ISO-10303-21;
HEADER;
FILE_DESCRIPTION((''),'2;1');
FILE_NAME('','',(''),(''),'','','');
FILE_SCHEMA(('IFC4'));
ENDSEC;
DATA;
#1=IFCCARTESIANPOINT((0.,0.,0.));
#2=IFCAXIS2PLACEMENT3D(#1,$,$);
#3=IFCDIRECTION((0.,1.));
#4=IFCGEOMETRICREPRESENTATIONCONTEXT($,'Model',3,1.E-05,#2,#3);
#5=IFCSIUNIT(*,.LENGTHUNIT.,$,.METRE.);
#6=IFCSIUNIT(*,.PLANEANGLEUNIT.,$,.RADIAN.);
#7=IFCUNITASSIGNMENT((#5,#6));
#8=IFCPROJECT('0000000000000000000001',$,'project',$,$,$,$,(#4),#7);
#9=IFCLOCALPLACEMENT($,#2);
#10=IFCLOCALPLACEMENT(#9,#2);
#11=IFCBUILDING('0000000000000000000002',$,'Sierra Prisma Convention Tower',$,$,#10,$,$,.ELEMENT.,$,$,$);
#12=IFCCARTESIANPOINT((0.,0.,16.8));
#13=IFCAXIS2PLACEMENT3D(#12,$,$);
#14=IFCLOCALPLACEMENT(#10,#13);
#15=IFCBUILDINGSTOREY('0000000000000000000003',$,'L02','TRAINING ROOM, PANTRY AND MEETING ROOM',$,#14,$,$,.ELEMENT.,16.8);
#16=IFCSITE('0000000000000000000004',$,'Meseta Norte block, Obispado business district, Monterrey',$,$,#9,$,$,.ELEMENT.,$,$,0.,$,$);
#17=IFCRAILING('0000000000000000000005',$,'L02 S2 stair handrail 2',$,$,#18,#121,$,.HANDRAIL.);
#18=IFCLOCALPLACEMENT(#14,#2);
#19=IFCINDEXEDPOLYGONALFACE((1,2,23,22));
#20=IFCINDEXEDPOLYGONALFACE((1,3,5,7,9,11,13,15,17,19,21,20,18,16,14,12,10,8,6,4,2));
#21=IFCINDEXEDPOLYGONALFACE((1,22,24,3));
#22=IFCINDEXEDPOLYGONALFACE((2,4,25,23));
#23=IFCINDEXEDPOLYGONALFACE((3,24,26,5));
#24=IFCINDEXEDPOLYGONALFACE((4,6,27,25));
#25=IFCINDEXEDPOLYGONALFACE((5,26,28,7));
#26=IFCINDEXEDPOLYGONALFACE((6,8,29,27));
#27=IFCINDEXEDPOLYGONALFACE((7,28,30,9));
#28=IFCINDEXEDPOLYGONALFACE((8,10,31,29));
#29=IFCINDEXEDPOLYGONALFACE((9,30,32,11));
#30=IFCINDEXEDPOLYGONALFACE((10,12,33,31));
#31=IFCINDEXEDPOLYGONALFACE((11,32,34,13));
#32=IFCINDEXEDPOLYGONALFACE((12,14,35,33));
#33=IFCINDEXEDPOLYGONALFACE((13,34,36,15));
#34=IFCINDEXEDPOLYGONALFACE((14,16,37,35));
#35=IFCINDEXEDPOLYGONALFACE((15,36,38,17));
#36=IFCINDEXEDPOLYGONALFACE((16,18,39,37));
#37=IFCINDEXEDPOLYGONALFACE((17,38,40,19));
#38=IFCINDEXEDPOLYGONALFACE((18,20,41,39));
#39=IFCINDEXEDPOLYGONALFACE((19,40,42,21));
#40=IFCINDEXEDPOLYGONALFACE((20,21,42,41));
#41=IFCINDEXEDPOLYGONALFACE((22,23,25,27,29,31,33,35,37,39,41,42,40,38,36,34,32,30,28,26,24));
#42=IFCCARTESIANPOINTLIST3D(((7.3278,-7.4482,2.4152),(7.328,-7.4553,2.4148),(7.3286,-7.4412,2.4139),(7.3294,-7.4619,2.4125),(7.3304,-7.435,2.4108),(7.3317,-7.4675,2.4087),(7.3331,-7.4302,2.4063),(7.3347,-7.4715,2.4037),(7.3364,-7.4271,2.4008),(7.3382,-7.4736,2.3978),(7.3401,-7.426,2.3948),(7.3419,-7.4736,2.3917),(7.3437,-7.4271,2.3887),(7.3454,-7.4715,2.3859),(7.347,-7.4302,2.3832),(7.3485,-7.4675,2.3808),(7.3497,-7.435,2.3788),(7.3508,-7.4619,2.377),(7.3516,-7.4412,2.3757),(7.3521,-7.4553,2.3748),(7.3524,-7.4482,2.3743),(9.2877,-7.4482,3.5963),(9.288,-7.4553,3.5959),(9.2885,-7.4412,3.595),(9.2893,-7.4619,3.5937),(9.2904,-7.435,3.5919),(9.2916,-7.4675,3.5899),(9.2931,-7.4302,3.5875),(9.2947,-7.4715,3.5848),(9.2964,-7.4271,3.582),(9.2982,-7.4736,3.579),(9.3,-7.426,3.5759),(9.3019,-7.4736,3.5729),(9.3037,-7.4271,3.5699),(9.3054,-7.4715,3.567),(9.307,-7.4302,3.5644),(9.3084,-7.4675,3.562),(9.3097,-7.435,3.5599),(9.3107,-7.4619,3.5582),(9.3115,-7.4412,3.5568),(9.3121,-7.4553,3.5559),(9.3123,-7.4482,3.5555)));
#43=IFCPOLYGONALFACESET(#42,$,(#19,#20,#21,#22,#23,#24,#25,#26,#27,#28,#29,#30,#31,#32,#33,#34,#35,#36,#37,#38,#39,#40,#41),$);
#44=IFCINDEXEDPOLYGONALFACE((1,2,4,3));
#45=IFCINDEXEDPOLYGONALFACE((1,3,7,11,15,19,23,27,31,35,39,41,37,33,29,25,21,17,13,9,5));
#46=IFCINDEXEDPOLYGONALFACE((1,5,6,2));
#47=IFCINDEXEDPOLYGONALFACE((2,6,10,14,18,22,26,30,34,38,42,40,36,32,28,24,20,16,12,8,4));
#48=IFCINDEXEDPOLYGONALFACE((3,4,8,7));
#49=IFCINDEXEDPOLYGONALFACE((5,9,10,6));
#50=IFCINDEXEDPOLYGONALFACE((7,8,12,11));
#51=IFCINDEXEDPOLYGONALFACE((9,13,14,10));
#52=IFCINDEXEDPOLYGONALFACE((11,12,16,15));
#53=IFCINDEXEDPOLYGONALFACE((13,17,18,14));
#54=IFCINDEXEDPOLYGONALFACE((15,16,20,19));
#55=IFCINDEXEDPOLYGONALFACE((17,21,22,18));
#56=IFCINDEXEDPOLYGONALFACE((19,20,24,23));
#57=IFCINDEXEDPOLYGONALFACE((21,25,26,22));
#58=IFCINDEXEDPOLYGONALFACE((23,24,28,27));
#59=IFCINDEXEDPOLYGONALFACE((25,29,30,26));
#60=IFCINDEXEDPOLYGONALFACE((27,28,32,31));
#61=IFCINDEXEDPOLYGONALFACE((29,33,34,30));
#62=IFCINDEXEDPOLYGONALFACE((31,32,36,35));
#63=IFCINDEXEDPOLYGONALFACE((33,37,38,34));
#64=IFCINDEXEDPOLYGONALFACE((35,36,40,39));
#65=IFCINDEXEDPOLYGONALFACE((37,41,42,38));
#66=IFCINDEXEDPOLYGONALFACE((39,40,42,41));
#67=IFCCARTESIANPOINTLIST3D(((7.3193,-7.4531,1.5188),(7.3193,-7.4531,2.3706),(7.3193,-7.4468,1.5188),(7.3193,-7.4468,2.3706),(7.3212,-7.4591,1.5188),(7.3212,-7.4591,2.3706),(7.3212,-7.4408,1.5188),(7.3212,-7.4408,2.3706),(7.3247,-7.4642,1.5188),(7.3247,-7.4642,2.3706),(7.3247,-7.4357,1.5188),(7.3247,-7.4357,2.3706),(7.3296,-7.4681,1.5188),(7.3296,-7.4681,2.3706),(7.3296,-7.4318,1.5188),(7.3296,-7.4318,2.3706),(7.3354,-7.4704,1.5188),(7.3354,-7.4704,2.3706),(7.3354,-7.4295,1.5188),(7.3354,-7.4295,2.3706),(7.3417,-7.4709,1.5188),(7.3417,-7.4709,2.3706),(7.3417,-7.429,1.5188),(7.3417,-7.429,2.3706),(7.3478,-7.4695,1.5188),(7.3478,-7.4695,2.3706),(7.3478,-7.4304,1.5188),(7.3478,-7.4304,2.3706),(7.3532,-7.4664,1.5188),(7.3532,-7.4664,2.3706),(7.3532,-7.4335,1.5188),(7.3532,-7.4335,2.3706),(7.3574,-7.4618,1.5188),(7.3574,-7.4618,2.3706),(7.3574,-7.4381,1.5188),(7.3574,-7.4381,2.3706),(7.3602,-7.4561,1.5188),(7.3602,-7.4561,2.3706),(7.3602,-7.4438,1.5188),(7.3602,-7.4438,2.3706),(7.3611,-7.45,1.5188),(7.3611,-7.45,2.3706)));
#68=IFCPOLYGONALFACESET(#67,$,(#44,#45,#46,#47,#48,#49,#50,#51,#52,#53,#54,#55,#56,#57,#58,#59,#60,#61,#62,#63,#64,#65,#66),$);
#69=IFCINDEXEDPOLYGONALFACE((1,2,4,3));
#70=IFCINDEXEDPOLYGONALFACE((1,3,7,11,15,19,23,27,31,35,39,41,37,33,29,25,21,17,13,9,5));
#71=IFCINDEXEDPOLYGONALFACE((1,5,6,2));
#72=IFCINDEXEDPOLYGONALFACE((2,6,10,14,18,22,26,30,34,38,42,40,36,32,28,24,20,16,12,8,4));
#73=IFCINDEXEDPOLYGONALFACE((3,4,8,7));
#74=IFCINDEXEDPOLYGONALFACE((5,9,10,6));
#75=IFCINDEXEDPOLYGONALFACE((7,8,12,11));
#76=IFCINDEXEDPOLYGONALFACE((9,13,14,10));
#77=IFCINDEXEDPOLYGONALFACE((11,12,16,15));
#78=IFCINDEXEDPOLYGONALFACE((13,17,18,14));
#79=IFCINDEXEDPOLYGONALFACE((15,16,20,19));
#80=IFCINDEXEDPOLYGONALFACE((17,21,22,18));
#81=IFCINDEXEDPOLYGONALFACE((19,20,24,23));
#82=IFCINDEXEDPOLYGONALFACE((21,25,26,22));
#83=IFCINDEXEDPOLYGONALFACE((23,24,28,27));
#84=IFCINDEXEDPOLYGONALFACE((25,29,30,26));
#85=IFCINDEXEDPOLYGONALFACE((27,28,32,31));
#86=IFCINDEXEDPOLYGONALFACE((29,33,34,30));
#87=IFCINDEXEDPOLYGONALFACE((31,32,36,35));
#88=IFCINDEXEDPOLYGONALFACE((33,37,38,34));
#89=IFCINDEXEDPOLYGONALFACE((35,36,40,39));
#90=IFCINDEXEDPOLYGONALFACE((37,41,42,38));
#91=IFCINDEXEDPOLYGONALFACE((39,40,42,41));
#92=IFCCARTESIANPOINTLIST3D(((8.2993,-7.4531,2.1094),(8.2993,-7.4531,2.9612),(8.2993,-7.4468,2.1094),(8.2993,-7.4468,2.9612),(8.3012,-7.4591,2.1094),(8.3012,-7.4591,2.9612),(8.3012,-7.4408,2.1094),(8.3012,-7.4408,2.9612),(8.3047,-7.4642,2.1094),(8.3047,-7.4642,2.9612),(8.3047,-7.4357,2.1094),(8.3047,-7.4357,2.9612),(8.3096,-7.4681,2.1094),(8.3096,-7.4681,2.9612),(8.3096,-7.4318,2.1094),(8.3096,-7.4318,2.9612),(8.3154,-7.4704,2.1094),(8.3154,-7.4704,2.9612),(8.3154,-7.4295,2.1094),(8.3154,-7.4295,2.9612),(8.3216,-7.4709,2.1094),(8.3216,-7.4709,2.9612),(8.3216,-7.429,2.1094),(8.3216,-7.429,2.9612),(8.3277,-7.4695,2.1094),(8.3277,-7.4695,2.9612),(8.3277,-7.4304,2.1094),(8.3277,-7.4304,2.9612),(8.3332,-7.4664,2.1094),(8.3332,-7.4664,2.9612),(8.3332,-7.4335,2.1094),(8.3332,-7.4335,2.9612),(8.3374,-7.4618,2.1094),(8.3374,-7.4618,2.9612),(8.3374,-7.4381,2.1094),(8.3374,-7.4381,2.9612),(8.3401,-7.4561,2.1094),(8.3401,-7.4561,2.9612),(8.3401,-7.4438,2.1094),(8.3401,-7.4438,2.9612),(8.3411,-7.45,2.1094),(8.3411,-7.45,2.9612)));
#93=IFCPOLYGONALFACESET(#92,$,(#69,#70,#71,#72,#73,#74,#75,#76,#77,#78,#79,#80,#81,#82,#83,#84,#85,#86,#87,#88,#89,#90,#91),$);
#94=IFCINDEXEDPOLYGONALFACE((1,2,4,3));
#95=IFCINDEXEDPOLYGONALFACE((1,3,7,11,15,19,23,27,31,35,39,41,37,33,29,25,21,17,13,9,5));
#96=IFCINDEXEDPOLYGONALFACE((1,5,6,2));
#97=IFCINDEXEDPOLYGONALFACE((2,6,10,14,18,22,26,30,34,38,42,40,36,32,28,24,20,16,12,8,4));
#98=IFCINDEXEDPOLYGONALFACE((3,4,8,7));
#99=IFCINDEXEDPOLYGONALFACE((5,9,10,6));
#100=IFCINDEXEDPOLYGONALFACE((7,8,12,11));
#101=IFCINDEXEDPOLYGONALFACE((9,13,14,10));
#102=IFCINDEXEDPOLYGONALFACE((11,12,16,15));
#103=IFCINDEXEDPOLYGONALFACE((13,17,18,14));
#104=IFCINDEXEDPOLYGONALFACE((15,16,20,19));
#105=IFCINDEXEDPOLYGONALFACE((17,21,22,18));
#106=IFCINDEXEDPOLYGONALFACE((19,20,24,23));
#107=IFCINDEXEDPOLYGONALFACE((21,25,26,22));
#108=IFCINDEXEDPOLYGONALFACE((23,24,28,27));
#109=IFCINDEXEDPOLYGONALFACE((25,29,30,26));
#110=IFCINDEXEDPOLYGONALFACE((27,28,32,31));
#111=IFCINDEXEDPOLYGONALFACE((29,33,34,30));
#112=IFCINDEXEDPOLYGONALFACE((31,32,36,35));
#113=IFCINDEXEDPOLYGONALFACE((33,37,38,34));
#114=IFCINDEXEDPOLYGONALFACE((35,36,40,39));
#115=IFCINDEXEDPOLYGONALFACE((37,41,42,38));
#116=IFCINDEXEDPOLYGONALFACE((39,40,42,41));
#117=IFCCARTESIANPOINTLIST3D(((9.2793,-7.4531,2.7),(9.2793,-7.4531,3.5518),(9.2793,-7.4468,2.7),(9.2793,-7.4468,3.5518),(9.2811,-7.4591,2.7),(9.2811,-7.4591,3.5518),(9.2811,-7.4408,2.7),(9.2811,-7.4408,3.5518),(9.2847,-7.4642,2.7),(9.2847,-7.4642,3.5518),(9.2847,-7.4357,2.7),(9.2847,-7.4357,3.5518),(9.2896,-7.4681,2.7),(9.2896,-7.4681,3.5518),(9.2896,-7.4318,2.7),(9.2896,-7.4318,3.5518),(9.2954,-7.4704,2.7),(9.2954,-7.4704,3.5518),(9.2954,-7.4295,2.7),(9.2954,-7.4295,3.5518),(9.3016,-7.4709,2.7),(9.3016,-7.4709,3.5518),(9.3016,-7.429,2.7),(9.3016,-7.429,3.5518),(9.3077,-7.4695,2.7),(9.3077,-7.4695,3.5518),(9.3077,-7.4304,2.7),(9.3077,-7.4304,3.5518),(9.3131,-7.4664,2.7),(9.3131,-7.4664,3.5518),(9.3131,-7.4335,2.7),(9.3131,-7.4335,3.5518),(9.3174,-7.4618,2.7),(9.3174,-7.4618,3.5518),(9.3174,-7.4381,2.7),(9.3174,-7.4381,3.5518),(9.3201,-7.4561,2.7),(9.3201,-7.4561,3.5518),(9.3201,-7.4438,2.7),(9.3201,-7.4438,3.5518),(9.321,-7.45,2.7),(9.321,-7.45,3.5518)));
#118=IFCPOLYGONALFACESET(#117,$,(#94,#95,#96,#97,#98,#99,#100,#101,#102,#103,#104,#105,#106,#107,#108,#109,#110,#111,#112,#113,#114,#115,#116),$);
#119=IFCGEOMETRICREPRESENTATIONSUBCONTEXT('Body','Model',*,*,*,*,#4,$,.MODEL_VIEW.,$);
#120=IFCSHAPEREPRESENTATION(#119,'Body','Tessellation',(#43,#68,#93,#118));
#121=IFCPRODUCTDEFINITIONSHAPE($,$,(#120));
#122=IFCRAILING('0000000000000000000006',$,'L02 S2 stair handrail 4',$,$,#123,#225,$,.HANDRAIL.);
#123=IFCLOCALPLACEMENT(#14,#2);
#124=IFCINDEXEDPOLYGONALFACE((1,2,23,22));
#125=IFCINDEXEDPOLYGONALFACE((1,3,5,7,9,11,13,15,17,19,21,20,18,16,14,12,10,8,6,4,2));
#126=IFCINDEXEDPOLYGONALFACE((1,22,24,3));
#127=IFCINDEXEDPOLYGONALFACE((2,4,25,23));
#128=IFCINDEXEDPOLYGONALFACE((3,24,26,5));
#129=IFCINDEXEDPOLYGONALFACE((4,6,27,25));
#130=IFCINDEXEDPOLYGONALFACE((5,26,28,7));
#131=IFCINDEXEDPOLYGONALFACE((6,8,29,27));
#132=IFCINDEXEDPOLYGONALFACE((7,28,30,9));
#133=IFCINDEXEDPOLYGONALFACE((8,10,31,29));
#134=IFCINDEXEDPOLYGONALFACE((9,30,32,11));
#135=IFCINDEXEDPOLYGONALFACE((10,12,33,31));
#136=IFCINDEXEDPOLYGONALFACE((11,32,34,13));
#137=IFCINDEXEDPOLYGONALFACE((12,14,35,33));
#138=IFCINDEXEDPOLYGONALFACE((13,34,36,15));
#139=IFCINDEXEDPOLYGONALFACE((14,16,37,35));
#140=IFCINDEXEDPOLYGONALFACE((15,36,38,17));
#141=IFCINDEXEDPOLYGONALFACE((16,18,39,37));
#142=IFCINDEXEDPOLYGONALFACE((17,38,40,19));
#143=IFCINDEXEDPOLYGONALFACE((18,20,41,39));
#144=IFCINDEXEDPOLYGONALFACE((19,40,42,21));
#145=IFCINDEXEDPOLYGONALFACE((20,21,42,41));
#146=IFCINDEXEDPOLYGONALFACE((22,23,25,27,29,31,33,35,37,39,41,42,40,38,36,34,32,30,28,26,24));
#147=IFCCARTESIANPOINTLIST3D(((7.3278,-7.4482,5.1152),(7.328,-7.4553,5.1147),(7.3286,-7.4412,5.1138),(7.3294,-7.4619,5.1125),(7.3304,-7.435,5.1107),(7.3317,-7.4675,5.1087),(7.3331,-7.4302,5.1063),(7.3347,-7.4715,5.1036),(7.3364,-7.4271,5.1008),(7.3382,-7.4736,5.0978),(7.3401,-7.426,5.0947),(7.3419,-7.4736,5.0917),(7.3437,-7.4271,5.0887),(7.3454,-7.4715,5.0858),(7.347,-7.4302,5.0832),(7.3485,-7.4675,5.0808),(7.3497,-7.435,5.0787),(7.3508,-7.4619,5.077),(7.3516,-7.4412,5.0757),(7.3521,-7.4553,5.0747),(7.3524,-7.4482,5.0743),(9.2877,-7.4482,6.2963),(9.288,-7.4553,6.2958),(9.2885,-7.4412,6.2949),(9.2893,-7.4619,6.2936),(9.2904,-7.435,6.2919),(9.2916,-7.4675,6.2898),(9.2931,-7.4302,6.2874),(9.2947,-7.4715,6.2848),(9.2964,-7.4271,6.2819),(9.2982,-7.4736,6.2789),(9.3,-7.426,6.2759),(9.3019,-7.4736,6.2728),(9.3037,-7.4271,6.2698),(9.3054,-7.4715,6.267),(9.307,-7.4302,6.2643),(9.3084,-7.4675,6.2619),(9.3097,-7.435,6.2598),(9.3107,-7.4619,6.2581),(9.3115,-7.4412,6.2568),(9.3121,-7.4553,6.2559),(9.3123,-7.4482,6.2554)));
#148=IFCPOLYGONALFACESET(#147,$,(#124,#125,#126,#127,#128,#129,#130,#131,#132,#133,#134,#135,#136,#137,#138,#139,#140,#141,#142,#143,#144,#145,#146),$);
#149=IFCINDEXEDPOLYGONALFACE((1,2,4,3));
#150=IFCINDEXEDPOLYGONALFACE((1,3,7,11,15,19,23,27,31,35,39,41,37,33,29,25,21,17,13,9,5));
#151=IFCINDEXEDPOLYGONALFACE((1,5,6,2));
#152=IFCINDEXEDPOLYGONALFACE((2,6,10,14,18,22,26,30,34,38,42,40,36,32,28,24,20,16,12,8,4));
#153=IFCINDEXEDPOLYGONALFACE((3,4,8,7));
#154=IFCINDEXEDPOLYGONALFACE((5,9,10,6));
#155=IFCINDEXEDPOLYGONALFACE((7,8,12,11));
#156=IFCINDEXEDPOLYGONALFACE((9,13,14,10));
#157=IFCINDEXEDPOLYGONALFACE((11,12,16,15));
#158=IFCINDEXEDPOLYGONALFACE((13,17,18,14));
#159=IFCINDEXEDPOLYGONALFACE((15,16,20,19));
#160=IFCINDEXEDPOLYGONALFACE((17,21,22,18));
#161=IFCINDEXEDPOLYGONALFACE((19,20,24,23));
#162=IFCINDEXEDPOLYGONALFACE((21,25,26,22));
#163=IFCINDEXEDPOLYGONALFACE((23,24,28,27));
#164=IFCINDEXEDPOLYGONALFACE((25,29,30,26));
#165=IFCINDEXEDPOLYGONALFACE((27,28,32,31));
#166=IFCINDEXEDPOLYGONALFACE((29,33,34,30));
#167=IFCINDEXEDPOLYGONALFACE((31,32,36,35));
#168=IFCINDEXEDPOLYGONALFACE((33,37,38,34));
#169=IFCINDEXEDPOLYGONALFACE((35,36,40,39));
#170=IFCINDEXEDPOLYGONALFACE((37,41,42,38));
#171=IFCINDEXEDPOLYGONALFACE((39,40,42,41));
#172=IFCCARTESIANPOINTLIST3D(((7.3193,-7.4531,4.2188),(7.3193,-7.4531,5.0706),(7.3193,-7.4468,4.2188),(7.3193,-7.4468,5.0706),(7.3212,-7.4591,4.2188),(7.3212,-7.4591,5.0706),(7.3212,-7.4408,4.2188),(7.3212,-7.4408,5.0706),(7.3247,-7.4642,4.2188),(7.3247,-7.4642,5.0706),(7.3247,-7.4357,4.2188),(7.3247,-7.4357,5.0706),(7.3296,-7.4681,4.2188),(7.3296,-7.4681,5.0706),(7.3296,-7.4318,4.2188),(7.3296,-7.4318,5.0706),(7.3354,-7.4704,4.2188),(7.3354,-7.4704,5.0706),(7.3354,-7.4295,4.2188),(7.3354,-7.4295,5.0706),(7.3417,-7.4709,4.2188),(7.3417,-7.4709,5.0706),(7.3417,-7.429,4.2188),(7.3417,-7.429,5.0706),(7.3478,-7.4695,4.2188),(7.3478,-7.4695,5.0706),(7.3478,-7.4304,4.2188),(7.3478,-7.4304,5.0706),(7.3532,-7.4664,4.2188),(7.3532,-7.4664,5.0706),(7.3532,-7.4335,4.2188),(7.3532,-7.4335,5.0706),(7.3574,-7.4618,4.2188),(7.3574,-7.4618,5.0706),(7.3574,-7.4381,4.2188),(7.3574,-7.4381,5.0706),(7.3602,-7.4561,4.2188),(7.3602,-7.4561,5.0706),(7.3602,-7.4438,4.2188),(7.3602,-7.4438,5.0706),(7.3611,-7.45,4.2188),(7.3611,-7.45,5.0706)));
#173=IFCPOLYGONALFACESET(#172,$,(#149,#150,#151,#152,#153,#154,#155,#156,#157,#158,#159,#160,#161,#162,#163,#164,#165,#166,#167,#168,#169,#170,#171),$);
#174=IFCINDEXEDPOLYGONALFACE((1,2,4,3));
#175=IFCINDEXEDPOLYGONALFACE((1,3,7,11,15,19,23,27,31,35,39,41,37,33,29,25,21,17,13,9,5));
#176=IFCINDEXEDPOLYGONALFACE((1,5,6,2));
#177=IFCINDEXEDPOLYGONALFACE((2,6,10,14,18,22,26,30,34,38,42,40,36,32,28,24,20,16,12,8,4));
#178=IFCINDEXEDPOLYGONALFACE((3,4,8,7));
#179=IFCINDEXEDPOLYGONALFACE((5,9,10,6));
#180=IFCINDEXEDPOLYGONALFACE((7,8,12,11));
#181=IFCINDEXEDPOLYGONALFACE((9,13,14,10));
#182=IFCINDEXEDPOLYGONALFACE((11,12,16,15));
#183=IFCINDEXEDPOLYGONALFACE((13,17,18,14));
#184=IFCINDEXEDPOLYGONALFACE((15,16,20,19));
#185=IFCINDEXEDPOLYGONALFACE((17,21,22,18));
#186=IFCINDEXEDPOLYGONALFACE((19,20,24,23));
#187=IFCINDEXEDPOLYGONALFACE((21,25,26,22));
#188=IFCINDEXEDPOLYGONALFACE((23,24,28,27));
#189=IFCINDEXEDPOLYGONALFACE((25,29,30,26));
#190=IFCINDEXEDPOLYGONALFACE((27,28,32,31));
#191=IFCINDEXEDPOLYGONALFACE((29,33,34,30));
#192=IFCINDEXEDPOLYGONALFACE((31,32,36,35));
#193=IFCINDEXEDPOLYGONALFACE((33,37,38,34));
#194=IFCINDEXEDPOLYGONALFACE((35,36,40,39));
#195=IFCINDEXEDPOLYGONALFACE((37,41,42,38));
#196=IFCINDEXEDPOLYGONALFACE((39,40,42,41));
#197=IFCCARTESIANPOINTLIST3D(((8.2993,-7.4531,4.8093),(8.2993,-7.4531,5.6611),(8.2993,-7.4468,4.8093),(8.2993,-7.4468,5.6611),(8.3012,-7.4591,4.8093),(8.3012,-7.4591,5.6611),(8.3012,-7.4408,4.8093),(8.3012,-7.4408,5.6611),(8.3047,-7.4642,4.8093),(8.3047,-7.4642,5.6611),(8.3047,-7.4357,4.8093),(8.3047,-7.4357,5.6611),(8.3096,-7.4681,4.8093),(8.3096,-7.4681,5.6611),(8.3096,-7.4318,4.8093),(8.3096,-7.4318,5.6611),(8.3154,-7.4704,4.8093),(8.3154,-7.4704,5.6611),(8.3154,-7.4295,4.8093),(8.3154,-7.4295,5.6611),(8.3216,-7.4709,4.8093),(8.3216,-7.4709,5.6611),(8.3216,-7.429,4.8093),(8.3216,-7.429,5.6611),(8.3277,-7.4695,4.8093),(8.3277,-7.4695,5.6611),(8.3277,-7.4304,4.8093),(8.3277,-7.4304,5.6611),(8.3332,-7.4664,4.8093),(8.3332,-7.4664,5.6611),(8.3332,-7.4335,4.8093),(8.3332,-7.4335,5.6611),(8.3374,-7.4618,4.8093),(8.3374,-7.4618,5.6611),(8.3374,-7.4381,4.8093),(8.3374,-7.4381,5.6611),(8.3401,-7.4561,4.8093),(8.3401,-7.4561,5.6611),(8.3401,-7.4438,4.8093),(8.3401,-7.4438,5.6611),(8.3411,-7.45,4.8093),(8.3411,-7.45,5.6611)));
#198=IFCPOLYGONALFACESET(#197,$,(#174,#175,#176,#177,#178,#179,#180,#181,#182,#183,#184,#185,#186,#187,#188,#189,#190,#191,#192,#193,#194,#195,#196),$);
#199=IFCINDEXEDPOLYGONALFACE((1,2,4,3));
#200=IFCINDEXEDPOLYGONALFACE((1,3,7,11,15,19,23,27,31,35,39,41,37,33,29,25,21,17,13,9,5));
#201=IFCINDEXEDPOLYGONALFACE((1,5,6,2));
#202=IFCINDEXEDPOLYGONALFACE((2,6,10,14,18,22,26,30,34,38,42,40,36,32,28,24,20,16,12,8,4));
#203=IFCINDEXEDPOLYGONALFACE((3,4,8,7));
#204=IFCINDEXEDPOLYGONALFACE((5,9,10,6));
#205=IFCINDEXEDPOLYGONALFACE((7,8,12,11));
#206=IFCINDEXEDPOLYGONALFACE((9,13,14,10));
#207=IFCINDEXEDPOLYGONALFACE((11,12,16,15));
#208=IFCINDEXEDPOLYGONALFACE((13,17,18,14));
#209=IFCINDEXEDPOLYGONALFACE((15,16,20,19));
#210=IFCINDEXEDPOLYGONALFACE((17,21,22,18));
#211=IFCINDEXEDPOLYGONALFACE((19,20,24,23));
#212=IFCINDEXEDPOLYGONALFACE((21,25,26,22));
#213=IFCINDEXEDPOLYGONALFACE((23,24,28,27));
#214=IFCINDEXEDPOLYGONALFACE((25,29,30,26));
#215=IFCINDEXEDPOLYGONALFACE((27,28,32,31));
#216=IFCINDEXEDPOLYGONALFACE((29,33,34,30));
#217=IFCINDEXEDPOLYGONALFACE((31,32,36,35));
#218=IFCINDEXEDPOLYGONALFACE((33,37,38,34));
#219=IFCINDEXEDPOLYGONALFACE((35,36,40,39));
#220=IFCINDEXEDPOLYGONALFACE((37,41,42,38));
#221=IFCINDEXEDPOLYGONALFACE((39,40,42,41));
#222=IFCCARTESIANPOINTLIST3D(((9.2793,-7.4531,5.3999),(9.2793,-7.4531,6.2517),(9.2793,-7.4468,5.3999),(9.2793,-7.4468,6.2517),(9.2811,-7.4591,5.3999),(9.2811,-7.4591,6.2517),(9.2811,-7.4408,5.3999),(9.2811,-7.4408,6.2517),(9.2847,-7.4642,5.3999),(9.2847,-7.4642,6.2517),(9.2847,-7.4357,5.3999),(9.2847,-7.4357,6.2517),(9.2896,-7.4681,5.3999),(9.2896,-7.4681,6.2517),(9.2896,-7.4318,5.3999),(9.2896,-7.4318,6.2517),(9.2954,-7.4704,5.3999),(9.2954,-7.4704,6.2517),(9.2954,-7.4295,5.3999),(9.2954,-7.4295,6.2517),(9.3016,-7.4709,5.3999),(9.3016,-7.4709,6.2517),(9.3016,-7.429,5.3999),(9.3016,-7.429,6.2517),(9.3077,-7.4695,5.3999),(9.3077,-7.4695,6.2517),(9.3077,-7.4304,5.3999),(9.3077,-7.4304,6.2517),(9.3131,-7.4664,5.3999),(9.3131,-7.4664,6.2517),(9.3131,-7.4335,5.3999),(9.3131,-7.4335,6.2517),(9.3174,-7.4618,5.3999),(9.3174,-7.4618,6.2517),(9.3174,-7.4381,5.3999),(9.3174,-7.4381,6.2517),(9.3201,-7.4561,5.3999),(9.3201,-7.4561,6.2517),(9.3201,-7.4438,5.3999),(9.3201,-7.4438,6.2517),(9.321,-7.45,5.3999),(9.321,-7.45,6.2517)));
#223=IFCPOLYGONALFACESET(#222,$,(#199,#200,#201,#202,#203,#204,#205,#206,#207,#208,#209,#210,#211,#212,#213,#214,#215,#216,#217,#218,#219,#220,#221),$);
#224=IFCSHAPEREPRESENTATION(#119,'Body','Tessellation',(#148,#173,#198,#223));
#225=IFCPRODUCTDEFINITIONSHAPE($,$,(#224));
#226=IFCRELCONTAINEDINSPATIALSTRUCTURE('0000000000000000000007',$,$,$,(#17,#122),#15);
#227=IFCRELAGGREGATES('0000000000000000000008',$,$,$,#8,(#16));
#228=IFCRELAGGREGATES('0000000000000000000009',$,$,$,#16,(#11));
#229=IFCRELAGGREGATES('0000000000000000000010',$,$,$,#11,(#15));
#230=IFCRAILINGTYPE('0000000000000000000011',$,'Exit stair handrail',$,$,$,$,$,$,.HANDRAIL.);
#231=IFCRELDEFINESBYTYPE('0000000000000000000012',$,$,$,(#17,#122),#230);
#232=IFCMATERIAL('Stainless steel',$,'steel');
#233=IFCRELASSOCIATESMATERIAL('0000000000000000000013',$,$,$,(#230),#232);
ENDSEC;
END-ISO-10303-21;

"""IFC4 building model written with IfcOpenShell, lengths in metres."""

from ifc_helpers import new_model, si_unit, direction, frame, origin, origin_2d, place, context, subcontext, project, spatial, circle, extrude, material, type_object, element, save


model = new_model("IFC4")

# Units and contexts
model_context = context("Model", 3, precision=1e-05, world=origin(), true_north=direction((0.0, 1.0)))
body_context = subcontext(model_context, "Body", "Model", "MODEL_VIEW")
ifc_project = project(units=[si_unit("LENGTHUNIT", "METRE"), si_unit("PLANEANGLEUNIT", "RADIAN")], contexts=[model_context])

# Site, building, storey
site_placement = place(None, origin())
site = spatial("IfcSite", under=ifc_project, at=site_placement, Name="Meseta Norte block, Obispado business district, Monterrey", CompositionType="ELEMENT", RefElevation=0.0)
building_placement = place(site_placement, origin())
building = spatial("IfcBuilding", under=site, at=building_placement, Name="Sierra Prisma Convention Tower", CompositionType="ELEMENT")
storey_placement = place(building_placement, frame((0.0, 0.0, 16.8)))
storey = spatial("IfcBuildingStorey", under=building, at=storey_placement, Name="L02", Description="TRAINING ROOM, PANTRY AND MEETING ROOM", CompositionType="ELEMENT", Elevation=16.8)

# Railings
ifc_material_1 = material(Name="Stainless steel", Category="steel")
railing_type_1 = type_object("IfcRailingType", Name="Exit stair handrail", PredefinedType="HANDRAIL", material=ifc_material_1)
for number, where, name in (
    (1, (7.3401, -7.45, 1.5188), "L02 S2 stair handrail 2"),
    (2, (7.3401, -7.45, 4.2188), "L02 S2 stair handrail 4"),
):
    element("IfcRailing", number, at=place(storey_placement, frame(where)), inside=storey, type_object=railing_type_1, Name=name, PredefinedType="HANDRAIL", context=body_context, shape_type="SweptSolid", body=[
        extrude(circle(Radius=0.0239, at=origin_2d()), frame((0.0, 0.0, 0.876), z_axis=(0.856493, 0.0, 0.516158), x_axis=(0.0, 1.0, 0.0)), (0.0, 0.0, 1.0), 2.2883),
        extrude(circle(Radius=0.021, at=origin_2d()), origin(), (0.0, 0.0, 1.0), 0.8518),
        extrude(circle(Radius=0.021, at=origin_2d()), frame((0.98, 0.0, 0.5906)), (0.0, 0.0, 1.0), 0.8518),
        extrude(circle(Radius=0.021, at=origin_2d()), frame((1.96, 0.0, 1.1812)), (0.0, 0.0, 1.0), 0.8518),
    ])

save(model, "model.ifc")
